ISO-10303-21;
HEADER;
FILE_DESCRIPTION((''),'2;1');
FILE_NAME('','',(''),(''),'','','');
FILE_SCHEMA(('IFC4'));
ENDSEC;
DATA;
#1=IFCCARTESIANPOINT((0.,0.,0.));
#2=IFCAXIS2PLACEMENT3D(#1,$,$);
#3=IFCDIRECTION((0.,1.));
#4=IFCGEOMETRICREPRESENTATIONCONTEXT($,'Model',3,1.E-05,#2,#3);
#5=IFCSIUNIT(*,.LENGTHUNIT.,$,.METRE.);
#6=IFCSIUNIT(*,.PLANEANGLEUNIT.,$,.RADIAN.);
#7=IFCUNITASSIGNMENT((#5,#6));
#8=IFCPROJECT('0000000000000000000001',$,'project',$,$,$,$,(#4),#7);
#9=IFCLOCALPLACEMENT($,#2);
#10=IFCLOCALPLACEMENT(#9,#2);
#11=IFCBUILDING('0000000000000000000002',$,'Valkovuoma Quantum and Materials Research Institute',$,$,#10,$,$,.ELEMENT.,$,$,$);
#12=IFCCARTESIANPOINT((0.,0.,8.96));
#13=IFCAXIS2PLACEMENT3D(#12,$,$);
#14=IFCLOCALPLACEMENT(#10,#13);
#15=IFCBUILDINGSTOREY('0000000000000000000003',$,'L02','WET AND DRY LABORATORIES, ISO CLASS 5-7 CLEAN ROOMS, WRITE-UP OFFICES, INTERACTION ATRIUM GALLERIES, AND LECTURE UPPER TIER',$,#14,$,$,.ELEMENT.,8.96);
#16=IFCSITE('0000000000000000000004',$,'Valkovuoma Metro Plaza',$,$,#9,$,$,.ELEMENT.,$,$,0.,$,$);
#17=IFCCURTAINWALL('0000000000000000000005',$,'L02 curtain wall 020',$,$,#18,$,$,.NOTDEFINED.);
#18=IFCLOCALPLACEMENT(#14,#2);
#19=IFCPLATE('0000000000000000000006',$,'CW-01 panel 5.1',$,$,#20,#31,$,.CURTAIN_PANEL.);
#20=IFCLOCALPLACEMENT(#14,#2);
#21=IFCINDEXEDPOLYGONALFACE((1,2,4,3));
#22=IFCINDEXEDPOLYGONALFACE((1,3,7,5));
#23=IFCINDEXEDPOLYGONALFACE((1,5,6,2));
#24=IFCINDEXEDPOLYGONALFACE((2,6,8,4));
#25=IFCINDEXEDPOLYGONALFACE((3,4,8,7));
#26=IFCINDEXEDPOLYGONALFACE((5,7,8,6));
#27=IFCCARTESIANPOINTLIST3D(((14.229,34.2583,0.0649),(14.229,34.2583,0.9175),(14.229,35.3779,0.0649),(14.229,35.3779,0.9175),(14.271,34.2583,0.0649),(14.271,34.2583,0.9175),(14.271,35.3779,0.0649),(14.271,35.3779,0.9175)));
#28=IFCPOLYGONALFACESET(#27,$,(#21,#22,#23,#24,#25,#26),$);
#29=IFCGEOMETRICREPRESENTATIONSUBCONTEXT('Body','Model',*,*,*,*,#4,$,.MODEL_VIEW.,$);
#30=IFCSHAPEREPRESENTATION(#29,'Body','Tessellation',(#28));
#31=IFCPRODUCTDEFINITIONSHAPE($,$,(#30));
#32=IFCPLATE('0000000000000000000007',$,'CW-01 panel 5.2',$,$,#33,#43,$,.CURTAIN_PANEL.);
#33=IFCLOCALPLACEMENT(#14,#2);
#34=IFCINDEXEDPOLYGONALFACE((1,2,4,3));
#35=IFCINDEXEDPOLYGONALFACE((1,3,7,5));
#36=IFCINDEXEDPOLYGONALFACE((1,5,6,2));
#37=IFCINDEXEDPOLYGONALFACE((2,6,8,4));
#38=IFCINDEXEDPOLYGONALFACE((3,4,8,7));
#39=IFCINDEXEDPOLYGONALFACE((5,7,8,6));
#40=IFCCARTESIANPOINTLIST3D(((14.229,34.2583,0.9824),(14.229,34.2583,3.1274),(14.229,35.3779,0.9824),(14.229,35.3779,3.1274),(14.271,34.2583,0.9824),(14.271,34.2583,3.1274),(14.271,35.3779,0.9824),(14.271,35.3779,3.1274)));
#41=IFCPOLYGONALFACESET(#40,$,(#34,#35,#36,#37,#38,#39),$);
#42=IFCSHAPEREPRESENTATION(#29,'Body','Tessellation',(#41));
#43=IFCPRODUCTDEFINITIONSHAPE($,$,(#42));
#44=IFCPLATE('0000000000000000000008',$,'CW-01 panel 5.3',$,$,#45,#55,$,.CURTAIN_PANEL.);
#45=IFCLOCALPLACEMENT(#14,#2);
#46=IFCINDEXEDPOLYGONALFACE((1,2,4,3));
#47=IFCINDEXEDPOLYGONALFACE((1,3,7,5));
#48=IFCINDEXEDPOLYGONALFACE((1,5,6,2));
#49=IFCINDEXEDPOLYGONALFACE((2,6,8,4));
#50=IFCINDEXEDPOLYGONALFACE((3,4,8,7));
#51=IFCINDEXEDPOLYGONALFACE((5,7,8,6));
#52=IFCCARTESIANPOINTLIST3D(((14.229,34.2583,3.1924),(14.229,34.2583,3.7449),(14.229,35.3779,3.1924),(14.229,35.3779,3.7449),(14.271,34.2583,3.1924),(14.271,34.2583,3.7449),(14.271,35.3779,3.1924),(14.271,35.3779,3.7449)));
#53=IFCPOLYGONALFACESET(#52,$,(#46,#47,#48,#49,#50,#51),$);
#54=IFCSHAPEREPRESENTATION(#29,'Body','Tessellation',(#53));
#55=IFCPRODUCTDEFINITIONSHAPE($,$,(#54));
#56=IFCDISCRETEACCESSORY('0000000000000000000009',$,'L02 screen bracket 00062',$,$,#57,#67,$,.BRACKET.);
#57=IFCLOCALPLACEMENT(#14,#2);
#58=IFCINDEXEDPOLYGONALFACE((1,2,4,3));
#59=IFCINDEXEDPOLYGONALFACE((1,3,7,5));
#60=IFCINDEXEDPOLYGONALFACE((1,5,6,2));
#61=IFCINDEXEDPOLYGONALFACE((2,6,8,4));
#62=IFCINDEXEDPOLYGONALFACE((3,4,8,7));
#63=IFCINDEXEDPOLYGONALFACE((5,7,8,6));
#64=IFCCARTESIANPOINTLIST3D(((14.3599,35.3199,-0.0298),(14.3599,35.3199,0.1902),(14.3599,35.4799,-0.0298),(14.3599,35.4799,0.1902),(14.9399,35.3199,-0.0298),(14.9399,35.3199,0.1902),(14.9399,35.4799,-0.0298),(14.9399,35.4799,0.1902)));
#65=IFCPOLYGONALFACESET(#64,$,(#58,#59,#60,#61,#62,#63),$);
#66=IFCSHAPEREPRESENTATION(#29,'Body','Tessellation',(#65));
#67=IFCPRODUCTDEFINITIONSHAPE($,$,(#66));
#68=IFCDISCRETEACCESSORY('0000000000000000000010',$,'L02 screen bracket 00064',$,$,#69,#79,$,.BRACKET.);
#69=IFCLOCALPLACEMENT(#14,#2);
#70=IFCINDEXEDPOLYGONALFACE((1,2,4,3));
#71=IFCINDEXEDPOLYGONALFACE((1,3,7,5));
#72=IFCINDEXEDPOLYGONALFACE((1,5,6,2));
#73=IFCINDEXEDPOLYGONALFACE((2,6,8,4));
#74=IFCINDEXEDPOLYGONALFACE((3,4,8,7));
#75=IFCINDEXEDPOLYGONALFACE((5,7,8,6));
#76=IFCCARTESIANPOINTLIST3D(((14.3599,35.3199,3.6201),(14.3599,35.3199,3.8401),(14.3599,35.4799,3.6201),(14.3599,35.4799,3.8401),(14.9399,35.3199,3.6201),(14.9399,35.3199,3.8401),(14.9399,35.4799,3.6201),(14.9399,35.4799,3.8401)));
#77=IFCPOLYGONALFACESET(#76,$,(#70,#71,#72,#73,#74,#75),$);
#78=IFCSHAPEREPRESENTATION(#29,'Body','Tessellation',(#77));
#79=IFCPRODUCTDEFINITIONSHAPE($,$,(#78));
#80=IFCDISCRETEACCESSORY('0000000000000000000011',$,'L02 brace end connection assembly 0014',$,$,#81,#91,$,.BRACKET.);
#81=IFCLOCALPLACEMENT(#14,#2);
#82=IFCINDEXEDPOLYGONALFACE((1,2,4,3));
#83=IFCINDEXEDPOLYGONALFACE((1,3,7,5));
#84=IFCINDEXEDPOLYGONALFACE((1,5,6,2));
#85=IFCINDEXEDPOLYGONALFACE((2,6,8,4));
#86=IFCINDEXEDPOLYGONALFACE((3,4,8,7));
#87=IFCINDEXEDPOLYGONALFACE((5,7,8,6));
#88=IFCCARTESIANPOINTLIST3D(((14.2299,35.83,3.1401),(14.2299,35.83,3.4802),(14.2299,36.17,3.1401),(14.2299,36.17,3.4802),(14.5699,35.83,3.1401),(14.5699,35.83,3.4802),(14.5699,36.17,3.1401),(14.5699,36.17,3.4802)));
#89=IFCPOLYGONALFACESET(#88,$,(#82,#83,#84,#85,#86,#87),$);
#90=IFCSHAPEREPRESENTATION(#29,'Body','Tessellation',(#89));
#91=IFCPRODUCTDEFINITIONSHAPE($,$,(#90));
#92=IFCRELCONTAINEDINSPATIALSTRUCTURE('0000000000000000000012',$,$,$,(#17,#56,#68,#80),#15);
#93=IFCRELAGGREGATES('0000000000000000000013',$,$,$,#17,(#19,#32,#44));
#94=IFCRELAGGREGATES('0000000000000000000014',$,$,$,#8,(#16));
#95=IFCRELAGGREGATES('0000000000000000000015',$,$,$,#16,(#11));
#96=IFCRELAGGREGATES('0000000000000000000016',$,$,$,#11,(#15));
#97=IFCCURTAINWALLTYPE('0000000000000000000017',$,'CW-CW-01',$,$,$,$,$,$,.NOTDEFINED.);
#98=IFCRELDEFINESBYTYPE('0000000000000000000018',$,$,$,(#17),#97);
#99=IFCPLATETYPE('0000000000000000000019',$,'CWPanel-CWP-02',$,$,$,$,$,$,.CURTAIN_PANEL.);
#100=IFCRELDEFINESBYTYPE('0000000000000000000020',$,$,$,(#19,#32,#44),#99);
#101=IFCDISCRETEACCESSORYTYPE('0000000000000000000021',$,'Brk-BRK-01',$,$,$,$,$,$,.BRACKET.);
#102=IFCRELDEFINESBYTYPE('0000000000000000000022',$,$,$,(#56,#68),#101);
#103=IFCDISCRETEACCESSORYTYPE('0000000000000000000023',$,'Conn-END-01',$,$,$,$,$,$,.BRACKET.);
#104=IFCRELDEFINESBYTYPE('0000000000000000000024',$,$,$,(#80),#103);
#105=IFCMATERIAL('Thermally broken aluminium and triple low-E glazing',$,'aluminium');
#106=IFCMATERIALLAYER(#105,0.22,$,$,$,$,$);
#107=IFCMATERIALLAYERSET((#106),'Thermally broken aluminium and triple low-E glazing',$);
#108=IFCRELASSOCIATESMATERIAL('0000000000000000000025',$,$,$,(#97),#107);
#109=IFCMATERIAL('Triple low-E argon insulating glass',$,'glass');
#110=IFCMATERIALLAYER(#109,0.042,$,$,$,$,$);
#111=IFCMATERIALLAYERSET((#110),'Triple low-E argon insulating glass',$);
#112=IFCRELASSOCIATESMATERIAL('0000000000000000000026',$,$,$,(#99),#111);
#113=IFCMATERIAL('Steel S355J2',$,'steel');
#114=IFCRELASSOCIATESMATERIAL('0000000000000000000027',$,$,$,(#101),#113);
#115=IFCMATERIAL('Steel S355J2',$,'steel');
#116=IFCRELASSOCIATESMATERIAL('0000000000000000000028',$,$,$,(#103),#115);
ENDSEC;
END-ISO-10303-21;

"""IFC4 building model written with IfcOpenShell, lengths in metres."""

from ifc_helpers import new_model, si_unit, direction, frame, origin, origin_2d, place, context, subcontext, project, spatial, rectangle, extrude, material, layer, layer_set, type_object, element, aggregate, save


model = new_model("IFC4")

# Units and contexts
model_context = context("Model", 3, precision=1e-05, world=origin(), true_north=direction((0.0, 1.0)))
body_context = subcontext(model_context, "Body", "Model", "MODEL_VIEW")
ifc_project = project(units=[si_unit("LENGTHUNIT", "METRE"), si_unit("PLANEANGLEUNIT", "RADIAN")], contexts=[model_context])

# Site, building, storey
site_placement = place(None, origin())
site = spatial("IfcSite", under=ifc_project, at=site_placement, Name="Valkovuoma Metro Plaza", CompositionType="ELEMENT", RefElevation=0.0)
building_placement = place(site_placement, origin())
building = spatial("IfcBuilding", under=site, at=building_placement, Name="Valkovuoma Quantum and Materials Research Institute", CompositionType="ELEMENT")
storey_placement = place(building_placement, frame((0.0, 0.0, 8.96)))
storey = spatial("IfcBuildingStorey", under=building, at=storey_placement, Name="L02", Description="WET AND DRY LABORATORIES, ISO CLASS 5-7 CLEAN ROOMS, WRITE-UP OFFICES, INTERACTION ATRIUM GALLERIES, AND LECTURE UPPER TIER", CompositionType="ELEMENT", Elevation=8.96)

# Curtain wall, plates
ifc_material_1 = material(Name="Thermally broken aluminium and triple low-E glazing", Category="aluminium")
ifc_layer_1 = layer(ifc_material_1, 0.22)
ifc_layer_set_1 = layer_set([ifc_layer_1], Name="Thermally broken aluminium and triple low-E glazing")
curtain_wall_type = type_object("IfcCurtainWallType", Name="CW-CW-01", PredefinedType="NOTDEFINED", material=ifc_layer_set_1)
curtain_wall_placement = place(storey_placement, origin())
curtain_wall = element("IfcCurtainWall", 1, at=curtain_wall_placement, inside=storey, type_object=curtain_wall_type, Name="L02 curtain wall 020", PredefinedType="NOTDEFINED")
ifc_material_2 = material(Name="Triple low-E argon insulating glass", Category="glass")
ifc_layer_2 = layer(ifc_material_2, 0.042)
ifc_layer_set_2 = layer_set([ifc_layer_2], Name="Triple low-E argon insulating glass")
plate_type = type_object("IfcPlateType", Name="CWPanel-CWP-02", PredefinedType="CURTAIN_PANEL", material=ifc_layer_set_2)
plate_1_placement = place(storey_placement, frame((14.25, 34.8181, 0.0649), z_axis=(0.0, 0.0, 1.0), x_axis=(0.0, 1.0, 0.0)))
plate_1 = element("IfcPlate", 2, at=plate_1_placement, type_object=plate_type, Name="CW-01 panel 5.1", PredefinedType="CURTAIN_PANEL", context=body_context, shape_type="SweptSolid", body=[
    extrude(rectangle(XDim=1.1196, YDim=0.042, at=origin_2d()), origin(), (0.0, 0.0, 1.0), 0.8525),
])
plate_2_placement = place(storey_placement, frame((14.25, 34.8181, 0.9824), z_axis=(0.0, 0.0, 1.0), x_axis=(0.0, 1.0, 0.0)))
plate_2 = element("IfcPlate", 3, at=plate_2_placement, type_object=plate_type, Name="CW-01 panel 5.2", PredefinedType="CURTAIN_PANEL", context=body_context, shape_type="SweptSolid", body=[
    extrude(rectangle(XDim=1.1196, YDim=0.042, at=origin_2d()), origin(), (0.0, 0.0, 1.0), 2.145),
])
plate_3_placement = place(storey_placement, frame((14.25, 34.8181, 3.1924), z_axis=(0.0, 0.0, 1.0), x_axis=(0.0, 1.0, 0.0)))
plate_3 = element("IfcPlate", 4, at=plate_3_placement, type_object=plate_type, Name="CW-01 panel 5.3", PredefinedType="CURTAIN_PANEL", context=body_context, shape_type="SweptSolid", body=[
    extrude(rectangle(XDim=1.1196, YDim=0.042, at=origin_2d()), origin(), (0.0, 0.0, 1.0), 0.5525),
])
aggregate(curtain_wall, [plate_1, plate_2, plate_3])

# Discrete accessories
ifc_material_3 = material(Name="Steel S355J2", Category="steel")
discrete_accessory_type_1 = type_object("IfcDiscreteAccessoryType", Name="Brk-BRK-01", PredefinedType="BRACKET", material=ifc_material_3)
for number, where, z_axis, x_axis, name in (
    (5, (14.6499, 35.3999, -0.0298), (0.0, 0.0, 1.0), (1.0, 0.0, 0.0), "L02 screen bracket 00062"),
    (6, (14.6499, 35.3999, 3.6201), (0.0, 0.0, 1.0), (1.0, 0.0, 0.0), "L02 screen bracket 00064"),
):
    element("IfcDiscreteAccessory", number, at=place(storey_placement, frame(where, z_axis=z_axis, x_axis=x_axis)), inside=storey, type_object=discrete_accessory_type_1, Name=name, PredefinedType="BRACKET", context=body_context, shape_type="SweptSolid", body=[
        extrude(rectangle(XDim=0.5801, YDim=0.1599, at=origin_2d()), origin(), (0.0, 0.0, 1.0), 0.22),
    ])
ifc_material_4 = material(Name="Steel S355J2", Category="steel")
discrete_accessory_type_2 = type_object("IfcDiscreteAccessoryType", Name="Conn-END-01", PredefinedType="BRACKET", material=ifc_material_4)
discrete_accessory_placement = place(storey_placement, frame((14.3999, 36.0, 3.1401), z_axis=(0.0, 0.0, 1.0), x_axis=(1.0, 0.0, 0.0)))
element("IfcDiscreteAccessory", 7, at=discrete_accessory_placement, inside=storey, type_object=discrete_accessory_type_2, Name="L02 brace end connection assembly 0014", PredefinedType="BRACKET", context=body_context, shape_type="SweptSolid", body=[
    extrude(rectangle(XDim=0.3401, YDim=0.3401, at=origin_2d()), origin(), (0.0, 0.0, 1.0), 0.3401),
])

save(model, "model.ifc")
